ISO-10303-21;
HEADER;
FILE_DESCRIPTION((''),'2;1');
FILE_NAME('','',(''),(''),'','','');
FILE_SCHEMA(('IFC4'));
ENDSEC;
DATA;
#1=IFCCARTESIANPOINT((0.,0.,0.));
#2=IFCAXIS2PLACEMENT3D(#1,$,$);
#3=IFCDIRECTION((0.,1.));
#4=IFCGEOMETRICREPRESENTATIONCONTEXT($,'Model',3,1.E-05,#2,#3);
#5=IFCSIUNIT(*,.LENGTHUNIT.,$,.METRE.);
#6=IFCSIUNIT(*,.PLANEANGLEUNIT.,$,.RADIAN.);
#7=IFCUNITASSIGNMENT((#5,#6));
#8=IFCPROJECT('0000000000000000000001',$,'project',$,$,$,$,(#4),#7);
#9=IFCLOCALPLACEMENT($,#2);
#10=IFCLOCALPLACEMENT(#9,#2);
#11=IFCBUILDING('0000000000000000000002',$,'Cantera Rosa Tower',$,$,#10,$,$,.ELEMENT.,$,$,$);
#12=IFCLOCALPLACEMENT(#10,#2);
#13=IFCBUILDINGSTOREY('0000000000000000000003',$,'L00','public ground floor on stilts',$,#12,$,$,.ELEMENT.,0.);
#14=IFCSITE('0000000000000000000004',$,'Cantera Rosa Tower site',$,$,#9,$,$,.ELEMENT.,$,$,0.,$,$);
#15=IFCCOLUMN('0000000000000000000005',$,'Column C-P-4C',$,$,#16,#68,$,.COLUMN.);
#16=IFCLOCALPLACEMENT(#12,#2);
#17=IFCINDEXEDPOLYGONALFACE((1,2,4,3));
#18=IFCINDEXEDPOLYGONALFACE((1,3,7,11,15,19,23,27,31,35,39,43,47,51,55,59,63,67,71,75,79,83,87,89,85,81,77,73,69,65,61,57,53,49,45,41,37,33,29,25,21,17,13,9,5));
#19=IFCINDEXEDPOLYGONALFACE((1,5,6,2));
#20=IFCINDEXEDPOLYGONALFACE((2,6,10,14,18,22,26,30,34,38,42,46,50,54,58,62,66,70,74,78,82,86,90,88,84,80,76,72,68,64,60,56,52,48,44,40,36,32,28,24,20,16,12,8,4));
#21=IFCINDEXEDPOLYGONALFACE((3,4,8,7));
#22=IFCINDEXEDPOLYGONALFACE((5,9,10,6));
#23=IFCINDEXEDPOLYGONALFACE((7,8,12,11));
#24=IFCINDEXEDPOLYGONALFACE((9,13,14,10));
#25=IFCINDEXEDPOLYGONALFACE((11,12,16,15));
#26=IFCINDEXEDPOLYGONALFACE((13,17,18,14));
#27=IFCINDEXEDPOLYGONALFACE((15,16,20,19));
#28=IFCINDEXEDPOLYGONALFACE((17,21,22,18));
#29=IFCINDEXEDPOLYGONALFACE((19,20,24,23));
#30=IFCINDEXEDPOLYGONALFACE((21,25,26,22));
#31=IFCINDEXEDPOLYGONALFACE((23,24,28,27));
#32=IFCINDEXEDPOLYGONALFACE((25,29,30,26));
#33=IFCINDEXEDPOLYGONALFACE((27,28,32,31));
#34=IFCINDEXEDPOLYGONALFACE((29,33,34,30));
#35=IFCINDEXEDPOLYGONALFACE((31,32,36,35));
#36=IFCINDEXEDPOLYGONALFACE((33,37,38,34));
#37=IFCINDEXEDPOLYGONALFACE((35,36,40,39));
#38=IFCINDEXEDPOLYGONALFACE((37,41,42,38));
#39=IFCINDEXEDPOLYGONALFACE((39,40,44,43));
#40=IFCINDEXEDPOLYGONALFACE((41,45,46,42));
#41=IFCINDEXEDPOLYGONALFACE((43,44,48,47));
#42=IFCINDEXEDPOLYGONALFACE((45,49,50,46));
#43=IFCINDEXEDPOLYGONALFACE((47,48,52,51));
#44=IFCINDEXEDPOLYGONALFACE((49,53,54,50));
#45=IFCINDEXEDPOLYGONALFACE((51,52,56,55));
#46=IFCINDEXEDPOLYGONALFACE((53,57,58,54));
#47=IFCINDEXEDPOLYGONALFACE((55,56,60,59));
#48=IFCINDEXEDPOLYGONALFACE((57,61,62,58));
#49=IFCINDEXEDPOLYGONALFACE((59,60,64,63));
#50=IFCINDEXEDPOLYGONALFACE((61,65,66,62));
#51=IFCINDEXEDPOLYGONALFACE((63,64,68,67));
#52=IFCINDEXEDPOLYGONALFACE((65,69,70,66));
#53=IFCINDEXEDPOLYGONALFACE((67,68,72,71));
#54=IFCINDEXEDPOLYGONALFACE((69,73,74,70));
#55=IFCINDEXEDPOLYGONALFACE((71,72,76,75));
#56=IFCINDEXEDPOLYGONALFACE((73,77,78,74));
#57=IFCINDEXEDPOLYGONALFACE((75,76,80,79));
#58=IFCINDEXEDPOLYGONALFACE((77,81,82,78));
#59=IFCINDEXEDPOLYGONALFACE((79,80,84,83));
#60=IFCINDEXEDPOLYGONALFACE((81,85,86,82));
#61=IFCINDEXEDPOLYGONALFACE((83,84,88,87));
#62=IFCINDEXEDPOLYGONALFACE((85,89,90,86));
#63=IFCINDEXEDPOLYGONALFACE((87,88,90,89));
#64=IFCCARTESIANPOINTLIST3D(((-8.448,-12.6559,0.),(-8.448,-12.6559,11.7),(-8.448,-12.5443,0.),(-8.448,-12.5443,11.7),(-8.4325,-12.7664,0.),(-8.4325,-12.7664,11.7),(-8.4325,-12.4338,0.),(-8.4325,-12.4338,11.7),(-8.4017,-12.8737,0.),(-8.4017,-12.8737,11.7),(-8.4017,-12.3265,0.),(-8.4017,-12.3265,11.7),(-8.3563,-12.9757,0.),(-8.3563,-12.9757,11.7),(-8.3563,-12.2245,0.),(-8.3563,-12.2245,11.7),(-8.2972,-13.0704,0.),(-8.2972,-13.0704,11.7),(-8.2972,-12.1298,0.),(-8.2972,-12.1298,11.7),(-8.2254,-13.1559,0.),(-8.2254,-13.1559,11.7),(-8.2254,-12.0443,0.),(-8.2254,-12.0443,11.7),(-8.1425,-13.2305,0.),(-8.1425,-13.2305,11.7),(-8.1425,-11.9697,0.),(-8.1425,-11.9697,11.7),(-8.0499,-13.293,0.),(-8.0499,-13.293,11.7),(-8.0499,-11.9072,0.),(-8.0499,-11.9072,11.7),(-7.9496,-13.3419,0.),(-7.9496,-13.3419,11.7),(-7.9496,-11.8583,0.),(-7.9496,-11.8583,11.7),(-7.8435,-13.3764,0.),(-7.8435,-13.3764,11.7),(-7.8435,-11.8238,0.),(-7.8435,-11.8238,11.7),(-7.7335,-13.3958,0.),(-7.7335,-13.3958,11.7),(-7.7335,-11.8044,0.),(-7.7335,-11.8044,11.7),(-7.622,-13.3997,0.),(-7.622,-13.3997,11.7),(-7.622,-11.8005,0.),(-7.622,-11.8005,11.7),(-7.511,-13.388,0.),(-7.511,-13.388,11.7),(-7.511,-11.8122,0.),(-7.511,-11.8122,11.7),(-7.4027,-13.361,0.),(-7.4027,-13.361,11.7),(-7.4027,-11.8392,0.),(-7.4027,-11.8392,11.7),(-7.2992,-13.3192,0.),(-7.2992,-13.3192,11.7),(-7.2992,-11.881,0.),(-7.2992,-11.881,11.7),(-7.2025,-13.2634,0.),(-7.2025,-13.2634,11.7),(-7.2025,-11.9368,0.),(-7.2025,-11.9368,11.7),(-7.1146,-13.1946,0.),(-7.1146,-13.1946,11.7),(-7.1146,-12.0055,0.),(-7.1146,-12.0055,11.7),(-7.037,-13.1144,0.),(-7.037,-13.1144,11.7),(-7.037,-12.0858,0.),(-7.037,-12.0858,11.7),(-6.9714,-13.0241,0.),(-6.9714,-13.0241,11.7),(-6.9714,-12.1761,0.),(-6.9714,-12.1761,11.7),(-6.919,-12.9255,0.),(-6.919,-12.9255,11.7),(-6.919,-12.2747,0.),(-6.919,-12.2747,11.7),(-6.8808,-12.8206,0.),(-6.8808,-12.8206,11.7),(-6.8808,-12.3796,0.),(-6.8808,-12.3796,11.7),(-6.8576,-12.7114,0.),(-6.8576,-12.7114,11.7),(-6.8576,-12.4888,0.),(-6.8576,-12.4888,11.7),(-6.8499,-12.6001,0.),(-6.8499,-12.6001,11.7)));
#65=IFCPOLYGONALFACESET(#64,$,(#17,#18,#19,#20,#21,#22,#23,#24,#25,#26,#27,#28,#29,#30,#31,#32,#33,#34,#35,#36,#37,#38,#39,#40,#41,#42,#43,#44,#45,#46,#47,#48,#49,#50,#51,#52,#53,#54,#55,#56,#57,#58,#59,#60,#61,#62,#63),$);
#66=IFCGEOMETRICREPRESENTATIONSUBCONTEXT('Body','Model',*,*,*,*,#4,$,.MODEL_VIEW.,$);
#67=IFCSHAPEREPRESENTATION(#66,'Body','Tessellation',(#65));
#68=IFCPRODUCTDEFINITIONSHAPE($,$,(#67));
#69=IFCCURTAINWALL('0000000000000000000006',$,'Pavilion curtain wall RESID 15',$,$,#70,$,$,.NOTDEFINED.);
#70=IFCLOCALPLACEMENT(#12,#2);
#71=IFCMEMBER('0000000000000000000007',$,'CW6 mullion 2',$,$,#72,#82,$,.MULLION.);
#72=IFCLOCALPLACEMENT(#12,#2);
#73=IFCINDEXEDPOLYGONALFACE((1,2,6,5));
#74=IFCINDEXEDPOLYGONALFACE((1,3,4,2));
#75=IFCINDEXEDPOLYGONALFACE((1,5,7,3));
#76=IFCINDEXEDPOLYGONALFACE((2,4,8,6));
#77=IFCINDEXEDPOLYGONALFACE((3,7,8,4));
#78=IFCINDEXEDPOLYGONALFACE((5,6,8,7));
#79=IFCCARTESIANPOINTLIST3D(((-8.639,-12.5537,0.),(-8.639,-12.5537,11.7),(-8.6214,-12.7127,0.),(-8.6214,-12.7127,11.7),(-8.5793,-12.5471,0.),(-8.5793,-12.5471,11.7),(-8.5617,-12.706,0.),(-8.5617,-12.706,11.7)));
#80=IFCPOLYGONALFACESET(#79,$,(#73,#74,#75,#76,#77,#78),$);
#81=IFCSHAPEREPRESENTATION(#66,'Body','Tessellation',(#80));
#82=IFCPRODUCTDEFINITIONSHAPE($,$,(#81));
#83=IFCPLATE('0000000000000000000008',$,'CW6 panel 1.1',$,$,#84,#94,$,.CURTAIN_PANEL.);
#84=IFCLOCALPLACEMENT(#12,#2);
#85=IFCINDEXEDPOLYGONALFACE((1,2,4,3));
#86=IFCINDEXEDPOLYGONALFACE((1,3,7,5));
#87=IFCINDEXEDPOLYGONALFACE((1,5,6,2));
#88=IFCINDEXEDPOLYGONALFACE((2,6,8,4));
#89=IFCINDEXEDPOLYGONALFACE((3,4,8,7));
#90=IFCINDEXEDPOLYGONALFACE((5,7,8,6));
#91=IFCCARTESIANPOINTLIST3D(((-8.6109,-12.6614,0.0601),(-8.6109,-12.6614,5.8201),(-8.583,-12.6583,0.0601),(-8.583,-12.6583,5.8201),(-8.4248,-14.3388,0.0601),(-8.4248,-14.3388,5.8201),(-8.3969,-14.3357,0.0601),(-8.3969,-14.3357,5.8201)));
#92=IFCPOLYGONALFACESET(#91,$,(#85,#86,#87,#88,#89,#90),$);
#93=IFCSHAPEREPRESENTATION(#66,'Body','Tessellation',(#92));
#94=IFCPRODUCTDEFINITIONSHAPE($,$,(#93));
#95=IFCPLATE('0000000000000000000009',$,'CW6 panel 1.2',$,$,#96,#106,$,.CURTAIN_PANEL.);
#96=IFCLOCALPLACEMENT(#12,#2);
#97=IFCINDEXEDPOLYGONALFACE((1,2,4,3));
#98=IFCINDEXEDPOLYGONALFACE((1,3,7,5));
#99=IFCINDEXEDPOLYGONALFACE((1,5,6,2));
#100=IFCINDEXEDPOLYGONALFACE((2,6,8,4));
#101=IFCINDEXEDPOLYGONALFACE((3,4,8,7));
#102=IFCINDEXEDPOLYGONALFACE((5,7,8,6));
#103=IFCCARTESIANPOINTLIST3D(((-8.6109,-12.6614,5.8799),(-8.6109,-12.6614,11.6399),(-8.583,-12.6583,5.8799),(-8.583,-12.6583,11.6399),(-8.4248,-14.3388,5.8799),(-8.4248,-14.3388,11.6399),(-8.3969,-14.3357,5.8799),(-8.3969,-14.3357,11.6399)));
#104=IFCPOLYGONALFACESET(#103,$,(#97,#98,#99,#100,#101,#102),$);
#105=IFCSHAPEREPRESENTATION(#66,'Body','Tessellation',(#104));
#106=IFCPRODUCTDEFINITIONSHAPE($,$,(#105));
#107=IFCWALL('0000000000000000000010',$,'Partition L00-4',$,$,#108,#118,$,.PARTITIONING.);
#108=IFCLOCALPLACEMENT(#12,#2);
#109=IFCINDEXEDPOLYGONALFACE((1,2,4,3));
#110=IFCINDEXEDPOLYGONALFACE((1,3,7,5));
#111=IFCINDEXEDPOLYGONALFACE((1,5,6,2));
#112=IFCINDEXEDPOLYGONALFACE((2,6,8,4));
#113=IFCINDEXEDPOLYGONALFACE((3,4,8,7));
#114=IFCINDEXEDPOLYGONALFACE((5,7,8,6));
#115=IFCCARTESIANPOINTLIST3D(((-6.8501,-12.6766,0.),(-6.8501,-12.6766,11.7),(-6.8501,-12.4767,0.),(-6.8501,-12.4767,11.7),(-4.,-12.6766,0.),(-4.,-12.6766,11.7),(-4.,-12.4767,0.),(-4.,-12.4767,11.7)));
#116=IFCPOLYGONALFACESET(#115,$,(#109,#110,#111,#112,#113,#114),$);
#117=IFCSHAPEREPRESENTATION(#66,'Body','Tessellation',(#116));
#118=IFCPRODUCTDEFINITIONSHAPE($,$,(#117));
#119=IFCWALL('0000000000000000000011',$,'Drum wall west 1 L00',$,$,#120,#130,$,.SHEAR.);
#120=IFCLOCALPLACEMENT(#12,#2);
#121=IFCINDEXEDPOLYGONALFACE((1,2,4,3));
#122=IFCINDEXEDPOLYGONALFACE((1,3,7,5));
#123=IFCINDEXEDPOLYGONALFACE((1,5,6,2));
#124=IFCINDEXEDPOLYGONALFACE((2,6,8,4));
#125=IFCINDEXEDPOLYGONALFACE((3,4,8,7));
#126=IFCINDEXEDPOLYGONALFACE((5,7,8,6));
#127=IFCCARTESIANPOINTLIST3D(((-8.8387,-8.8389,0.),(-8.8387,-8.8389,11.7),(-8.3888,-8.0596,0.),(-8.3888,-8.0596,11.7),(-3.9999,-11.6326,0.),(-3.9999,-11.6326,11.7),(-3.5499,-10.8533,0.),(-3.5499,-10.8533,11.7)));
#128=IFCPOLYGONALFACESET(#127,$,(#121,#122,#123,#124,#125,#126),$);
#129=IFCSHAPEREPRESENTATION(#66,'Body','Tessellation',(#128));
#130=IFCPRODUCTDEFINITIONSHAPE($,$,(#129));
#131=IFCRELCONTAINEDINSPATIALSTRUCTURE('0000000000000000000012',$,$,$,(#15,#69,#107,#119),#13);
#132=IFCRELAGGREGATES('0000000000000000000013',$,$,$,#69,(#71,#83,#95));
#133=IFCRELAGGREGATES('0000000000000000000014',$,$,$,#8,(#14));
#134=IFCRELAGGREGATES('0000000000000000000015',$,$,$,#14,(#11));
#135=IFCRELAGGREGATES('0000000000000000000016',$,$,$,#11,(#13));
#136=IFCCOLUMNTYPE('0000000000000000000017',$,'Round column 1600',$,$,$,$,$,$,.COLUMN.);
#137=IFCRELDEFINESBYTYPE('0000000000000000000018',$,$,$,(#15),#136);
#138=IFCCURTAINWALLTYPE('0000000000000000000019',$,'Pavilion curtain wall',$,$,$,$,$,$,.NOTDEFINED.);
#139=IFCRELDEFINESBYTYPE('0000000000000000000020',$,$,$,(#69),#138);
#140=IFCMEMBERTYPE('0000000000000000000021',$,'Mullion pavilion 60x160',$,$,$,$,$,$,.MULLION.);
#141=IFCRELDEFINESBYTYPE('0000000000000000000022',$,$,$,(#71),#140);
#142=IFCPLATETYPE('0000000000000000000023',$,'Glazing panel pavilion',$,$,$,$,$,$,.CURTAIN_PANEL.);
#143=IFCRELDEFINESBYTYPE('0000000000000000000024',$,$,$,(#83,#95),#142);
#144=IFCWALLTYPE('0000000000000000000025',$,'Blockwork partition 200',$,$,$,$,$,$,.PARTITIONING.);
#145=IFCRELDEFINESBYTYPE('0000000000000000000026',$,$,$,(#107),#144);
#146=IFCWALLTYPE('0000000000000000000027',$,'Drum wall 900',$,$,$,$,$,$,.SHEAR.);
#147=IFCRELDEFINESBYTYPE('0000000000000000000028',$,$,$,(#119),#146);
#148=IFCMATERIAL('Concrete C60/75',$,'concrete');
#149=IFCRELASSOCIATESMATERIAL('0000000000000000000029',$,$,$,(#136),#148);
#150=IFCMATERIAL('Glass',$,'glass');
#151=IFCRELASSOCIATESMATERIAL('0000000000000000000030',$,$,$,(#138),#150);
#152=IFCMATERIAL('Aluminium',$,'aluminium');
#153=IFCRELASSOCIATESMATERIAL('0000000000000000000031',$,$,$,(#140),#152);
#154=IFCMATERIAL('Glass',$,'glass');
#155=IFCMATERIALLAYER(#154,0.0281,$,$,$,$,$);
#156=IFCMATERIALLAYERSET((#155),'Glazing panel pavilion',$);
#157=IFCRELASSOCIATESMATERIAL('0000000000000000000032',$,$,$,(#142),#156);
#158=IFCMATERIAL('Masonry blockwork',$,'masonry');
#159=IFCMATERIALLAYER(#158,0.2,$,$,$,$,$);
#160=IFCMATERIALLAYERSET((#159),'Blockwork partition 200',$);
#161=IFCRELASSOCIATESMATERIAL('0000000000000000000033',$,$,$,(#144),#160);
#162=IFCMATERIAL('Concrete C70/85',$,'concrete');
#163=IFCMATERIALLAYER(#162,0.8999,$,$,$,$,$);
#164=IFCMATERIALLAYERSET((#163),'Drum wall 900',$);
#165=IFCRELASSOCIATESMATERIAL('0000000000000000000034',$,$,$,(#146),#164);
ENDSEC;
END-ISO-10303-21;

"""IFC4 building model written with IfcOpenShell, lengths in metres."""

from ifc_helpers import new_model, si_unit, direction, frame, frame_2d, origin, origin_2d, place, context, subcontext, project, spatial, rectangle, circle, extrude, material, layer, layer_set, material_profile, profile_set, type_object, element, aggregate, save


model = new_model("IFC4")

# Units and contexts
model_context = context("Model", 3, precision=1e-05, world=origin(), true_north=direction((0.0, 1.0)))
body_context = subcontext(model_context, "Body", "Model", "MODEL_VIEW")
ifc_project = project(units=[si_unit("LENGTHUNIT", "METRE"), si_unit("PLANEANGLEUNIT", "RADIAN")], contexts=[model_context])

# Site, building, storey
site_placement = place(None, origin())
site = spatial("IfcSite", under=ifc_project, at=site_placement, Name="Cantera Rosa Tower site", CompositionType="ELEMENT", RefElevation=0.0)
building_placement = place(site_placement, origin())
building = spatial("IfcBuilding", under=site, at=building_placement, Name="Cantera Rosa Tower", CompositionType="ELEMENT")
storey_placement = place(building_placement, origin())
storey = spatial("IfcBuildingStorey", under=building, at=storey_placement, Name="L00", Description="public ground floor on stilts", CompositionType="ELEMENT", Elevation=0.0)

# Column
ifc_material_1 = material(Name="Concrete C60/75", Category="concrete")
ifc_material_profile_1 = material_profile(ifc_material_1, circle(Radius=0.8, at=origin_2d()), Name="Round column 1600")
ifc_profile_set_1 = profile_set([ifc_material_profile_1], Name="Concrete C60/75")
column_type = type_object("IfcColumnType", Name="Round column 1600", PredefinedType="COLUMN", material=ifc_profile_set_1)
column_placement = place(storey_placement, frame((-7.6499, -12.6001, 0.0), z_axis=(0.0, 0.0, 1.0), x_axis=(1.0, 0.0, 0.0)))
element("IfcColumn", 1, at=column_placement, inside=storey, type_object=column_type, Name="Column C-P-4C", PredefinedType="COLUMN", context=body_context, shape_type="SweptSolid", body=[
    extrude(circle(Radius=0.8, at=origin_2d()), origin(), (0.0, 0.0, 1.0), 11.7),
])

# Curtain wall, member, plates
ifc_material_2 = material(Name="Glass", Category="glass")
curtain_wall_type = type_object("IfcCurtainWallType", Name="Pavilion curtain wall", PredefinedType="NOTDEFINED", material=ifc_material_2)
curtain_wall_placement = place(storey_placement, origin())
curtain_wall = element("IfcCurtainWall", 2, at=curtain_wall_placement, inside=storey, type_object=curtain_wall_type, Name="Pavilion curtain wall RESID 15", PredefinedType="NOTDEFINED")
ifc_material_3 = material(Name="Aluminium", Category="aluminium")
ifc_material_profile_2 = material_profile(ifc_material_3, rectangle(XDim=0.0601, YDim=0.1599, at=origin_2d()), Name="Mullion pavilion 60x160")
ifc_profile_set_2 = profile_set([ifc_material_profile_2], Name="Aluminium")
member_type = type_object("IfcMemberType", Name="Mullion pavilion 60x160", PredefinedType="MULLION", material=ifc_profile_set_2)
member_placement = place(storey_placement, frame((-8.6003, -12.6299, 0.0), z_axis=(0.0, 0.0, 1.0), x_axis=(-0.993899, -0.110298, 0.0)))
member = element("IfcMember", 3, at=member_placement, type_object=member_type, Name="CW6 mullion 2", PredefinedType="MULLION", context=body_context, shape_type="SweptSolid", body=[
    extrude(rectangle(XDim=0.0601, YDim=0.1599, at=origin_2d()), origin(), (0.0, 0.0, 1.0), 11.7),
])
ifc_material_4 = material(Name="Glass", Category="glass")
ifc_layer_1 = layer(ifc_material_4, 0.0281)
ifc_layer_set_1 = layer_set([ifc_layer_1], Name="Glazing panel pavilion")
plate_type = type_object("IfcPlateType", Name="Glazing panel pavilion", PredefinedType="CURTAIN_PANEL", material=ifc_layer_set_1)
plate_1_placement = place(storey_placement, frame((-8.5039, -13.4985, 0.0601), z_axis=(0.0, 0.0, 1.0), x_axis=(-0.110298, 0.993899, 0.0)))
plate_1 = element("IfcPlate", 4, at=plate_1_placement, type_object=plate_type, Name="CW6 panel 1.1", PredefinedType="CURTAIN_PANEL", context=body_context, shape_type="SweptSolid", body=[
    extrude(rectangle(XDim=1.6877, YDim=0.0281, at=origin_2d()), origin(), (0.0, 0.0, 1.0), 5.76),
])
plate_2_placement = place(storey_placement, frame((-8.5039, -13.4985, 5.8799), z_axis=(0.0, 0.0, 1.0), x_axis=(-0.110298, 0.993899, 0.0)))
plate_2 = element("IfcPlate", 5, at=plate_2_placement, type_object=plate_type, Name="CW6 panel 1.2", PredefinedType="CURTAIN_PANEL", context=body_context, shape_type="SweptSolid", body=[
    extrude(rectangle(XDim=1.6877, YDim=0.0281, at=origin_2d()), origin(), (0.0, 0.0, 1.0), 5.76),
])
aggregate(curtain_wall, [member, plate_1, plate_2])

# Walls
ifc_material_5 = material(Name="Masonry blockwork", Category="masonry")
ifc_layer_2 = layer(ifc_material_5, 0.2)
ifc_layer_set_2 = layer_set([ifc_layer_2], Name="Blockwork partition 200")
wall_type_1 = type_object("IfcWallType", Name="Blockwork partition 200", PredefinedType="PARTITIONING", material=ifc_layer_set_2)
wall_1_placement = place(storey_placement, frame((-6.8501, -12.5767, 0.0), z_axis=(0.0, 0.0, 1.0), x_axis=(1.0, 0.0, 0.0)))
element("IfcWall", 6, at=wall_1_placement, inside=storey, type_object=wall_type_1, Name="Partition L00-4", PredefinedType="PARTITIONING", context=body_context, shape_type="SweptSolid", body=[
    extrude(rectangle(XDim=2.8501, YDim=0.2, at=frame_2d((1.425, 0.0))), origin(), (0.0, 0.0, 1.0), 11.7),
])
ifc_material_6 = material(Name="Concrete C70/85", Category="concrete")
ifc_layer_3 = layer(ifc_material_6, 0.8999)
ifc_layer_set_3 = layer_set([ifc_layer_3], Name="Drum wall 900")
wall_type_2 = type_object("IfcWallType", Name="Drum wall 900", PredefinedType="SHEAR", material=ifc_layer_set_3)
wall_2_placement = place(storey_placement, frame((-3.7749, -11.2429, 0.0), z_axis=(0.0, 0.0, 1.0), x_axis=(-0.866027, 0.499997, 0.0)))
element("IfcWall", 7, at=wall_2_placement, inside=storey, type_object=wall_type_2, Name="Drum wall west 1 L00", PredefinedType="SHEAR", context=body_context, shape_type="SweptSolid", body=[
    extrude(rectangle(XDim=5.5874, YDim=0.8999, at=frame_2d((2.7937, 0.0))), origin(), (0.0, 0.0, 1.0), 11.7),
])

save(model, "model.ifc")
